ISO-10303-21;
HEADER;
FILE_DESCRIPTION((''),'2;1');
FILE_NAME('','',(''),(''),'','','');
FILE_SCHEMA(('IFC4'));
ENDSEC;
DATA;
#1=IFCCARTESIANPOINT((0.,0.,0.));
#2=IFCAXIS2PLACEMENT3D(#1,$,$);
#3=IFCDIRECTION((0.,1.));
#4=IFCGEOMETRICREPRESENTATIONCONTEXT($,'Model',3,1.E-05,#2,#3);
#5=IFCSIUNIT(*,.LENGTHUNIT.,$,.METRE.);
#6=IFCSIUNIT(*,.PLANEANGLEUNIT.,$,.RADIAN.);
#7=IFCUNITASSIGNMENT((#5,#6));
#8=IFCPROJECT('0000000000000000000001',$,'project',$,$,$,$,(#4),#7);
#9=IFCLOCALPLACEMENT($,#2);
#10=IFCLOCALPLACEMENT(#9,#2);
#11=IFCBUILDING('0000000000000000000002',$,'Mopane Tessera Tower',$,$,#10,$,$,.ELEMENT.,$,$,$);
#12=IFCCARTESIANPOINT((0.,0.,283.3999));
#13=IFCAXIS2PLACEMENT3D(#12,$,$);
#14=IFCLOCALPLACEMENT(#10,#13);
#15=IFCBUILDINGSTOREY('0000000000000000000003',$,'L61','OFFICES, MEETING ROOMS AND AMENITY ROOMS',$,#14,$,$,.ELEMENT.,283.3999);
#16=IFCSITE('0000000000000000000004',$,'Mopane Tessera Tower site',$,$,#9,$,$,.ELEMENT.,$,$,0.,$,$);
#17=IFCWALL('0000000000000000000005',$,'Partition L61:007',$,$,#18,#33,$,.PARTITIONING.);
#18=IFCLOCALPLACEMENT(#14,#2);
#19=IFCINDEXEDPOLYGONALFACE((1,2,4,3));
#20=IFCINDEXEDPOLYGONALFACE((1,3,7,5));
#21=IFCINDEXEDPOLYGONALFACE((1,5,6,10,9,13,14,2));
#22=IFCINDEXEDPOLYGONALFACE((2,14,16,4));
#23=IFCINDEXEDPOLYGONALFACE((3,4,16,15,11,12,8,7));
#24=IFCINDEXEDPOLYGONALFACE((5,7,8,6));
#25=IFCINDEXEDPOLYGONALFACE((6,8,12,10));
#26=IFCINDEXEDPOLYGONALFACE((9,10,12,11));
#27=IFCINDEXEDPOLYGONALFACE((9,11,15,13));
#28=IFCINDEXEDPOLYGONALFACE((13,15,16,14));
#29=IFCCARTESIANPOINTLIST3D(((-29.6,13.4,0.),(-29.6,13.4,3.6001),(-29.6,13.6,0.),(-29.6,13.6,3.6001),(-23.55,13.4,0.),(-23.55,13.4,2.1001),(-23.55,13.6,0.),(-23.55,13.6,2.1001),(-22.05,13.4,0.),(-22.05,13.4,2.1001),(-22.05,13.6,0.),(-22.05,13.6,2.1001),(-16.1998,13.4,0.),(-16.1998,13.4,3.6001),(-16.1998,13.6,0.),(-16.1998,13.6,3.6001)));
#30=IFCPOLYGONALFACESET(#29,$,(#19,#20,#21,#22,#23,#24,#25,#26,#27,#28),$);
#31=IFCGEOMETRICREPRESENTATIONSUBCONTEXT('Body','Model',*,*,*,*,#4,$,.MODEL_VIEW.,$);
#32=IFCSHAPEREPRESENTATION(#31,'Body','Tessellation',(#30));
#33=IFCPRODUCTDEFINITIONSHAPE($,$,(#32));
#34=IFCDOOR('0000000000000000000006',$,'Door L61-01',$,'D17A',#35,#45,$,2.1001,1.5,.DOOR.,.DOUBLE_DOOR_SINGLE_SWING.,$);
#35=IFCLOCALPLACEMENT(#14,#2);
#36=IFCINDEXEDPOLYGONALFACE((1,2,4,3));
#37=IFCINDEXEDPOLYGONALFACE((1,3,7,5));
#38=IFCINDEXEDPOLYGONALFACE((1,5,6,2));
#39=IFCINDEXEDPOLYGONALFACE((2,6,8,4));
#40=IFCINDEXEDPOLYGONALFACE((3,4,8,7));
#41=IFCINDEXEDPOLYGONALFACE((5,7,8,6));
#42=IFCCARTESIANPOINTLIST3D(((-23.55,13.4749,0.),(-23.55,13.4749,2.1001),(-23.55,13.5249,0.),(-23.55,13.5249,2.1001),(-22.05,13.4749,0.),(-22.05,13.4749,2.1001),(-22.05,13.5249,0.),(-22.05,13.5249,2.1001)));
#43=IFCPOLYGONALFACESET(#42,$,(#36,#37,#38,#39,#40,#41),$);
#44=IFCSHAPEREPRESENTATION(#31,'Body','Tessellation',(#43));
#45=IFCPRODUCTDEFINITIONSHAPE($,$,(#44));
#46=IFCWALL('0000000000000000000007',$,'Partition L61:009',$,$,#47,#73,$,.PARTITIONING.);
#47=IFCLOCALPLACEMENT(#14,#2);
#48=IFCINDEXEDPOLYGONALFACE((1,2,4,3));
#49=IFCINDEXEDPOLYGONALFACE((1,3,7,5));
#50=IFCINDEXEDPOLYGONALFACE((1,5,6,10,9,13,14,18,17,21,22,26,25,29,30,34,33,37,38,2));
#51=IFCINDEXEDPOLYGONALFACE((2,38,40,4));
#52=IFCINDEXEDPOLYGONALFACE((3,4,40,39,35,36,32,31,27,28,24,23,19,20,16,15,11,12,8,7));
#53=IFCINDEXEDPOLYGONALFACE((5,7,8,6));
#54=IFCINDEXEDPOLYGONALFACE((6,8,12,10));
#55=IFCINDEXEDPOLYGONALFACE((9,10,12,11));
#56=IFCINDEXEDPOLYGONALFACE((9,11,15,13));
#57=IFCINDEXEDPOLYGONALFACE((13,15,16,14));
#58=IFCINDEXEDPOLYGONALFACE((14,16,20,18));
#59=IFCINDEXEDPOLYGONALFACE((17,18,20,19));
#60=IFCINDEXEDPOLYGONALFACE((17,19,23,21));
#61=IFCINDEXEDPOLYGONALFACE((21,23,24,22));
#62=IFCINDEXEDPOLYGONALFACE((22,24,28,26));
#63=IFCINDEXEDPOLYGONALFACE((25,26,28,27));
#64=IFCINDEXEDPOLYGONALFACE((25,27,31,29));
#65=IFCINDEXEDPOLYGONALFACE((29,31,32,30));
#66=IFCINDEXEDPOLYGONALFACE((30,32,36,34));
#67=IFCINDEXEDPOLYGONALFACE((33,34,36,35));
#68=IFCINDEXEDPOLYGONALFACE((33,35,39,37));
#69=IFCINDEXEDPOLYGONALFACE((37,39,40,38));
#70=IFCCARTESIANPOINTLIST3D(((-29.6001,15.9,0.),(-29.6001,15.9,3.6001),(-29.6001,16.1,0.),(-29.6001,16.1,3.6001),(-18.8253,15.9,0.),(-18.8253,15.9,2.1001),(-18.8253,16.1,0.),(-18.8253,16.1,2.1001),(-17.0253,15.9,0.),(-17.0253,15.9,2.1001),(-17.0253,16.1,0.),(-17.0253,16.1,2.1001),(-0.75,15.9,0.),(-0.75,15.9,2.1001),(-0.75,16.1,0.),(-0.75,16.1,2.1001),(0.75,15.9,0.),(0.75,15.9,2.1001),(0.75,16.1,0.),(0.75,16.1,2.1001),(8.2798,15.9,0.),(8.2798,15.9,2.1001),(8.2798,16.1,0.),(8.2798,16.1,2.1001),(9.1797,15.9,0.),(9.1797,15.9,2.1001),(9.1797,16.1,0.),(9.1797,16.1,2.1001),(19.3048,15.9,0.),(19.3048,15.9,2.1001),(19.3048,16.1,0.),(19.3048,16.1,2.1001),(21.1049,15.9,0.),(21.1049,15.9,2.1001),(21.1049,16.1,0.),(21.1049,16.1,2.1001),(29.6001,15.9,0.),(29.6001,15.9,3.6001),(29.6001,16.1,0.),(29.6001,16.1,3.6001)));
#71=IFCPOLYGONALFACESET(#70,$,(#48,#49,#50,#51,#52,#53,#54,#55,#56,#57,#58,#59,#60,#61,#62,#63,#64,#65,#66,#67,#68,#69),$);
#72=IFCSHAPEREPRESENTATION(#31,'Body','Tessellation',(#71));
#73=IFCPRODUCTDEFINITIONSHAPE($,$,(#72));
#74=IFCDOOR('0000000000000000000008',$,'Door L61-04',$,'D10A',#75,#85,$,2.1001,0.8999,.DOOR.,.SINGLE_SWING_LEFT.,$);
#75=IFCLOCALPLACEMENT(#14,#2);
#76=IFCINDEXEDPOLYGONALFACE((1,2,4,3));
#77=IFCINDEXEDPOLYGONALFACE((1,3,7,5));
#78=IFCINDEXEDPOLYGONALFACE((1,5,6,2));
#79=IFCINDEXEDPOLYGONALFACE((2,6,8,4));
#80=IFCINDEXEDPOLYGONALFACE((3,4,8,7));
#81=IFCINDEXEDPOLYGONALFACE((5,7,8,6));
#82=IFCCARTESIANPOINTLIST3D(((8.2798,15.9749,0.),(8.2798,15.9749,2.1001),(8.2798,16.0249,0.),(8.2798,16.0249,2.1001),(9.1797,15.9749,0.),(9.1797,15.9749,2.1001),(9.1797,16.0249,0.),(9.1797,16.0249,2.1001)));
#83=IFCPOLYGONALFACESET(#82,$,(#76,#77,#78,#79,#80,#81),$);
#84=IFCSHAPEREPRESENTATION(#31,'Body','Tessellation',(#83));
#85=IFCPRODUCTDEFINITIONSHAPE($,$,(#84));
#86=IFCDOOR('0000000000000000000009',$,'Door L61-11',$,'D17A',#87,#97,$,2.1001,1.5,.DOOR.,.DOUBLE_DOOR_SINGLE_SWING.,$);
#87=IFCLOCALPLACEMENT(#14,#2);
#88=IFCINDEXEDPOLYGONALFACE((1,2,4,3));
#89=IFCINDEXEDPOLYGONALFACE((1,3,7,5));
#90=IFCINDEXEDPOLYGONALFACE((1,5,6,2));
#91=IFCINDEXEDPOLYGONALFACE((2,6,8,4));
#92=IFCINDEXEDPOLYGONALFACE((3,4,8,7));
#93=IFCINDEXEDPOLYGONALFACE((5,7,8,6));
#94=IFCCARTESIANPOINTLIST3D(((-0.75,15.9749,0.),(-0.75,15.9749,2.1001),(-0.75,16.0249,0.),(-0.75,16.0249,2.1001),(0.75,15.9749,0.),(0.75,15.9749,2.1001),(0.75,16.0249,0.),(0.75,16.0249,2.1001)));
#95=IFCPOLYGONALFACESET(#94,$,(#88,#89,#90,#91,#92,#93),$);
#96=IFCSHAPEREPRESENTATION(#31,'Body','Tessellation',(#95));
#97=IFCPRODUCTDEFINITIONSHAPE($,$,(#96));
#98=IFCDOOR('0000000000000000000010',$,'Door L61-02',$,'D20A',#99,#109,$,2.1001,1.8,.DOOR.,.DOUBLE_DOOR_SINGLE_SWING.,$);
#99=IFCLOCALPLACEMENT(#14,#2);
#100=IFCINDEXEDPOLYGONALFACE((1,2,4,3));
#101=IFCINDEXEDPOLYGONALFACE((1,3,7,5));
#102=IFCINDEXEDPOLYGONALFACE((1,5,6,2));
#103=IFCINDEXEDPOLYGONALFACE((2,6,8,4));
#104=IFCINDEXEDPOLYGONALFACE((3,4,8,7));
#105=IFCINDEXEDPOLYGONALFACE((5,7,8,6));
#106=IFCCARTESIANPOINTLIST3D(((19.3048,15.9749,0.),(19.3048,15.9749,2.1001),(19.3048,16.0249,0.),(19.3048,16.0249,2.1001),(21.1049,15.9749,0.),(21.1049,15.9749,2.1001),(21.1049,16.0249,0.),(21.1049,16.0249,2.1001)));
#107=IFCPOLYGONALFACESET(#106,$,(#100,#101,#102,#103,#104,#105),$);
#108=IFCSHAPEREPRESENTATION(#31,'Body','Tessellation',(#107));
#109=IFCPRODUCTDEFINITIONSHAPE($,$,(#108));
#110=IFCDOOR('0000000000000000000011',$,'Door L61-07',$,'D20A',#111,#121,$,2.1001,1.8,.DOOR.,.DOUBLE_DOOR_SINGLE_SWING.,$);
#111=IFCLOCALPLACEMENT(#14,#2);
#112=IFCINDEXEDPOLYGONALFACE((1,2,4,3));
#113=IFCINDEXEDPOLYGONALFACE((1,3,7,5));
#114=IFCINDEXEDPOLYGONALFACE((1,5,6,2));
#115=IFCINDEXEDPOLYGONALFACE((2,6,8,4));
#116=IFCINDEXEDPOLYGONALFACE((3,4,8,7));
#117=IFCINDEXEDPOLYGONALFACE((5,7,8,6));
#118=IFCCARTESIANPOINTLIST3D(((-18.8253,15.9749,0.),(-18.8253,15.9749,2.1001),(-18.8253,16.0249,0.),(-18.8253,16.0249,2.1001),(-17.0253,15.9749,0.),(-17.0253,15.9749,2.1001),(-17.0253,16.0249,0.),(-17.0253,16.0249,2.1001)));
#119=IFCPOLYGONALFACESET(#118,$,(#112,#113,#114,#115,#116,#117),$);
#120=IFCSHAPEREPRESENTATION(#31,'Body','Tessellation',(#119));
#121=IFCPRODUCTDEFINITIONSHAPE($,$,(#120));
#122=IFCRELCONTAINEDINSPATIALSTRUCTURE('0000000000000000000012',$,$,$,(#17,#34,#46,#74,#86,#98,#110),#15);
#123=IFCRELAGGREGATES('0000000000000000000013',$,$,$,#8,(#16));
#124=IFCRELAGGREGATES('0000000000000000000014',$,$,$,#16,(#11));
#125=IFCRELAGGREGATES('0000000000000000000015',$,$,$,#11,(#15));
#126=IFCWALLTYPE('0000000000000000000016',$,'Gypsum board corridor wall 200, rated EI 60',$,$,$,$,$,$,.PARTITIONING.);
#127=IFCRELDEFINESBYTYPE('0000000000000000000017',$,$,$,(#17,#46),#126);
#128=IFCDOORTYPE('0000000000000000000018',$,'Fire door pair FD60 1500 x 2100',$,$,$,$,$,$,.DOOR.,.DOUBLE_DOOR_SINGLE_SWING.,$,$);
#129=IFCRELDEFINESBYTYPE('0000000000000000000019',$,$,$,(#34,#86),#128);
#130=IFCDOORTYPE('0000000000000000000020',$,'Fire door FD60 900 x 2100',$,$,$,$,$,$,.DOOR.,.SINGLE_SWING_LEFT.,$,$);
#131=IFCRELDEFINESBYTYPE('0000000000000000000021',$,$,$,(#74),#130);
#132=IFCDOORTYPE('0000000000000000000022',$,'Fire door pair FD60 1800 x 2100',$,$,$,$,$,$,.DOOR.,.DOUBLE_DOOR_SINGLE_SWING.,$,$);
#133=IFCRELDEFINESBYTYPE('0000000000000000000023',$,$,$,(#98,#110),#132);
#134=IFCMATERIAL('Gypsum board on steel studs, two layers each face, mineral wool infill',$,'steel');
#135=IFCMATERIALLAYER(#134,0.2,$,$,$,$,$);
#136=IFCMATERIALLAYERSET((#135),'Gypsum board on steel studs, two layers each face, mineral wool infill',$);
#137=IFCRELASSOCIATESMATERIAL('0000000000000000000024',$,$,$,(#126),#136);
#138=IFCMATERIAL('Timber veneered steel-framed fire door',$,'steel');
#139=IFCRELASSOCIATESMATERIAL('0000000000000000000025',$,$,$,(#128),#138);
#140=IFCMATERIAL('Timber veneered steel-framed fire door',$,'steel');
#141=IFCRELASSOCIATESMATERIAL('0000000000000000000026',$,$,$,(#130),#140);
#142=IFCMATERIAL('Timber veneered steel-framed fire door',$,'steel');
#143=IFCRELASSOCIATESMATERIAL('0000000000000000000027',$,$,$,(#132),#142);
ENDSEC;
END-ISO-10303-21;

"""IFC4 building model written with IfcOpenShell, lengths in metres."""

from ifc_helpers import new_model, si_unit, direction, frame, frame_2d, origin, place, context, subcontext, project, spatial, rectangle, extrude, material, layer, layer_set, type_object, element, fill, save


model = new_model("IFC4")

# Units and contexts
model_context = context("Model", 3, precision=1e-05, world=origin(), true_north=direction((0.0, 1.0)))
body_context = subcontext(model_context, "Body", "Model", "MODEL_VIEW")
ifc_project = project(units=[si_unit("LENGTHUNIT", "METRE"), si_unit("PLANEANGLEUNIT", "RADIAN")], contexts=[model_context])

# Site, building, storey
site_placement = place(None, origin())
site = spatial("IfcSite", under=ifc_project, at=site_placement, Name="Mopane Tessera Tower site", CompositionType="ELEMENT", RefElevation=0.0)
building_placement = place(site_placement, origin())
building = spatial("IfcBuilding", under=site, at=building_placement, Name="Mopane Tessera Tower", CompositionType="ELEMENT")
storey_placement = place(building_placement, frame((0.0, 0.0, 283.3999)))
storey = spatial("IfcBuildingStorey", under=building, at=storey_placement, Name="L61", Description="OFFICES, MEETING ROOMS AND AMENITY ROOMS", CompositionType="ELEMENT", Elevation=283.3999)

# Wall, opening, door
ifc_material_1 = material(Name="Gypsum board on steel studs, two layers each face, mineral wool infill", Category="steel")
ifc_layer_1 = layer(ifc_material_1, 0.2)
ifc_layer_set_1 = layer_set([ifc_layer_1], Name="Gypsum board on steel studs, two layers each face, mineral wool infill")
wall_type = type_object("IfcWallType", Name="Gypsum board corridor wall 200, rated EI 60", PredefinedType="PARTITIONING", material=ifc_layer_set_1)
wall_1_placement = place(storey_placement, frame((-29.6001, 13.5, 0.0), z_axis=(0.0, 0.0, 1.0), x_axis=(1.0, 0.0, 0.0)))
wall_1 = element("IfcWall", 1, at=wall_1_placement, inside=storey, type_object=wall_type, Name="Partition L61:007", PredefinedType="PARTITIONING", context=body_context, shape_type="SweptSolid", body=[
    extrude(rectangle(XDim=13.4001, YDim=0.2, at=frame_2d((6.7002, 0.0))), origin(), (0.0, 0.0, 1.0), 3.6001),
])
opening_1_placement = place(wall_1_placement, frame((6.05, 0.0, 0.0)))
opening_1 = element("IfcOpeningElement", 2, at=opening_1_placement, cuts=wall_1, PredefinedType="OPENING", context=body_context, shape_type="SweptSolid", body=[
    extrude(rectangle(XDim=1.5, YDim=2.1001, at=frame_2d((0.75, 1.05))), frame((0.0, 0.1121, 0.0), z_axis=(0.0, -1.0, 0.0), x_axis=(1.0, 0.0, 0.0)), (0.0, 0.0, 1.0), 0.2239),
])
ifc_material_2 = material(Name="Timber veneered steel-framed fire door", Category="steel")
door_type_1 = type_object("IfcDoorType", Name="Fire door pair FD60 1500 x 2100", OperationType="DOUBLE_DOOR_SINGLE_SWING", PredefinedType="DOOR", material=ifc_material_2)
door_1_placement = place(opening_1_placement, origin())
door_1 = element("IfcDoor", 3, at=door_1_placement, inside=storey, type_object=door_type_1, Name="Door L61-01", ObjectType="D17A", OperationType="DOUBLE_DOOR_SINGLE_SWING", OverallHeight=2.1001, OverallWidth=1.5, PredefinedType="DOOR", context=body_context, shape_type="SweptSolid", body=[
    extrude(rectangle(XDim=1.5, YDim=2.1001, at=frame_2d((0.75, 1.05))), frame((0.0, 0.0249, 0.0), z_axis=(0.0, -1.0, 0.0), x_axis=(1.0, 0.0, 0.0)), (0.0, 0.0, 1.0), 0.05),
])
fill(opening_1, door_1)

# Wall, openings, doors
wall_2_placement = place(storey_placement, frame((-29.6001, 16.0, 0.0), z_axis=(0.0, 0.0, 1.0), x_axis=(1.0, 0.0, 0.0)))
wall_2 = element("IfcWall", 4, at=wall_2_placement, inside=storey, type_object=wall_type, Name="Partition L61:009", PredefinedType="PARTITIONING", context=body_context, shape_type="SweptSolid", body=[
    extrude(rectangle(XDim=59.2002, YDim=0.2, at=frame_2d((29.6001, 0.0))), origin(), (0.0, 0.0, 1.0), 3.6001),
])
opening_2_placement = place(wall_2_placement, frame((48.905, 0.0, 0.0)))
opening_2 = element("IfcOpeningElement", 5, at=opening_2_placement, cuts=wall_2, PredefinedType="OPENING", context=body_context, shape_type="SweptSolid", body=[
    extrude(rectangle(XDim=1.8, YDim=2.1001, at=frame_2d((0.8999, 1.05))), frame((0.0, 0.1121, 0.0), z_axis=(0.0, -1.0, 0.0), x_axis=(1.0, 0.0, 0.0)), (0.0, 0.0, 1.0), 0.2239),
])
opening_3_placement = place(wall_2_placement, frame((37.8799, 0.0, 0.0)))
opening_3 = element("IfcOpeningElement", 6, at=opening_3_placement, cuts=wall_2, PredefinedType="OPENING", context=body_context, shape_type="SweptSolid", body=[
    extrude(rectangle(XDim=0.8999, YDim=2.1001, at=frame_2d((0.45, 1.05))), frame((0.0, 0.1121, 0.0), z_axis=(0.0, -1.0, 0.0), x_axis=(1.0, 0.0, 0.0)), (0.0, 0.0, 1.0), 0.2239),
])
opening_4_placement = place(wall_2_placement, frame((10.7749, 0.0, 0.0)))
opening_4 = element("IfcOpeningElement", 7, at=opening_4_placement, cuts=wall_2, PredefinedType="OPENING", context=body_context, shape_type="SweptSolid", body=[
    extrude(rectangle(XDim=1.8, YDim=2.1001, at=frame_2d((0.8999, 1.05))), frame((0.0, 0.1121, 0.0), z_axis=(0.0, -1.0, 0.0), x_axis=(1.0, 0.0, 0.0)), (0.0, 0.0, 1.0), 0.2239),
])
opening_5_placement = place(wall_2_placement, frame((28.8501, 0.0, 0.0)))
opening_5 = element("IfcOpeningElement", 8, at=opening_5_placement, cuts=wall_2, PredefinedType="OPENING", context=body_context, shape_type="SweptSolid", body=[
    extrude(rectangle(XDim=1.5, YDim=2.1001, at=frame_2d((0.75, 1.05))), frame((0.0, 0.1121, 0.0), z_axis=(0.0, -1.0, 0.0), x_axis=(1.0, 0.0, 0.0)), (0.0, 0.0, 1.0), 0.2239),
])
ifc_material_3 = material(Name="Timber veneered steel-framed fire door", Category="steel")
door_type_2 = type_object("IfcDoorType", Name="Fire door FD60 900 x 2100", OperationType="SINGLE_SWING_LEFT", PredefinedType="DOOR", material=ifc_material_3)
door_2_placement = place(opening_3_placement, origin())
door_2 = element("IfcDoor", 9, at=door_2_placement, inside=storey, type_object=door_type_2, Name="Door L61-04", ObjectType="D10A", OperationType="SINGLE_SWING_LEFT", OverallHeight=2.1001, OverallWidth=0.8999, PredefinedType="DOOR", context=body_context, shape_type="SweptSolid", body=[
    extrude(rectangle(XDim=0.8999, YDim=2.1001, at=frame_2d((0.45, 1.05))), frame((0.0, 0.0249, 0.0), z_axis=(0.0, -1.0, 0.0), x_axis=(1.0, 0.0, 0.0)), (0.0, 0.0, 1.0), 0.05),
])
fill(opening_3, door_2)
door_3_placement = place(opening_5_placement, origin())
door_3 = element("IfcDoor", 10, at=door_3_placement, inside=storey, type_object=door_type_1, Name="Door L61-11", ObjectType="D17A", OperationType="DOUBLE_DOOR_SINGLE_SWING", OverallHeight=2.1001, OverallWidth=1.5, PredefinedType="DOOR", context=body_context, shape_type="SweptSolid", body=[
    extrude(rectangle(XDim=1.5, YDim=2.1001, at=frame_2d((0.75, 1.05))), frame((0.0, 0.0249, 0.0), z_axis=(0.0, -1.0, 0.0), x_axis=(1.0, 0.0, 0.0)), (0.0, 0.0, 1.0), 0.05),
])
fill(opening_5, door_3)
ifc_material_4 = material(Name="Timber veneered steel-framed fire door", Category="steel")
door_type_3 = type_object("IfcDoorType", Name="Fire door pair FD60 1800 x 2100", OperationType="DOUBLE_DOOR_SINGLE_SWING", PredefinedType="DOOR", material=ifc_material_4)
door_4_placement = place(opening_2_placement, origin())
door_4 = element("IfcDoor", 11, at=door_4_placement, inside=storey, type_object=door_type_3, Name="Door L61-02", ObjectType="D20A", OperationType="DOUBLE_DOOR_SINGLE_SWING", OverallHeight=2.1001, OverallWidth=1.8, PredefinedType="DOOR", context=body_context, shape_type="SweptSolid", body=[
    extrude(rectangle(XDim=1.8, YDim=2.1001, at=frame_2d((0.8999, 1.05))), frame((0.0, 0.0249, 0.0), z_axis=(0.0, -1.0, 0.0), x_axis=(1.0, 0.0, 0.0)), (0.0, 0.0, 1.0), 0.05),
])
fill(opening_2, door_4)
door_5_placement = place(opening_4_placement, origin())
door_5 = element("IfcDoor", 12, at=door_5_placement, inside=storey, type_object=door_type_3, Name="Door L61-07", ObjectType="D20A", OperationType="DOUBLE_DOOR_SINGLE_SWING", OverallHeight=2.1001, OverallWidth=1.8, PredefinedType="DOOR", context=body_context, shape_type="SweptSolid", body=[
    extrude(rectangle(XDim=1.8, YDim=2.1001, at=frame_2d((0.8999, 1.05))), frame((0.0, 0.0249, 0.0), z_axis=(0.0, -1.0, 0.0), x_axis=(1.0, 0.0, 0.0)), (0.0, 0.0, 1.0), 0.05),
])
fill(opening_4, door_5)

save(model, "model.ifc")
